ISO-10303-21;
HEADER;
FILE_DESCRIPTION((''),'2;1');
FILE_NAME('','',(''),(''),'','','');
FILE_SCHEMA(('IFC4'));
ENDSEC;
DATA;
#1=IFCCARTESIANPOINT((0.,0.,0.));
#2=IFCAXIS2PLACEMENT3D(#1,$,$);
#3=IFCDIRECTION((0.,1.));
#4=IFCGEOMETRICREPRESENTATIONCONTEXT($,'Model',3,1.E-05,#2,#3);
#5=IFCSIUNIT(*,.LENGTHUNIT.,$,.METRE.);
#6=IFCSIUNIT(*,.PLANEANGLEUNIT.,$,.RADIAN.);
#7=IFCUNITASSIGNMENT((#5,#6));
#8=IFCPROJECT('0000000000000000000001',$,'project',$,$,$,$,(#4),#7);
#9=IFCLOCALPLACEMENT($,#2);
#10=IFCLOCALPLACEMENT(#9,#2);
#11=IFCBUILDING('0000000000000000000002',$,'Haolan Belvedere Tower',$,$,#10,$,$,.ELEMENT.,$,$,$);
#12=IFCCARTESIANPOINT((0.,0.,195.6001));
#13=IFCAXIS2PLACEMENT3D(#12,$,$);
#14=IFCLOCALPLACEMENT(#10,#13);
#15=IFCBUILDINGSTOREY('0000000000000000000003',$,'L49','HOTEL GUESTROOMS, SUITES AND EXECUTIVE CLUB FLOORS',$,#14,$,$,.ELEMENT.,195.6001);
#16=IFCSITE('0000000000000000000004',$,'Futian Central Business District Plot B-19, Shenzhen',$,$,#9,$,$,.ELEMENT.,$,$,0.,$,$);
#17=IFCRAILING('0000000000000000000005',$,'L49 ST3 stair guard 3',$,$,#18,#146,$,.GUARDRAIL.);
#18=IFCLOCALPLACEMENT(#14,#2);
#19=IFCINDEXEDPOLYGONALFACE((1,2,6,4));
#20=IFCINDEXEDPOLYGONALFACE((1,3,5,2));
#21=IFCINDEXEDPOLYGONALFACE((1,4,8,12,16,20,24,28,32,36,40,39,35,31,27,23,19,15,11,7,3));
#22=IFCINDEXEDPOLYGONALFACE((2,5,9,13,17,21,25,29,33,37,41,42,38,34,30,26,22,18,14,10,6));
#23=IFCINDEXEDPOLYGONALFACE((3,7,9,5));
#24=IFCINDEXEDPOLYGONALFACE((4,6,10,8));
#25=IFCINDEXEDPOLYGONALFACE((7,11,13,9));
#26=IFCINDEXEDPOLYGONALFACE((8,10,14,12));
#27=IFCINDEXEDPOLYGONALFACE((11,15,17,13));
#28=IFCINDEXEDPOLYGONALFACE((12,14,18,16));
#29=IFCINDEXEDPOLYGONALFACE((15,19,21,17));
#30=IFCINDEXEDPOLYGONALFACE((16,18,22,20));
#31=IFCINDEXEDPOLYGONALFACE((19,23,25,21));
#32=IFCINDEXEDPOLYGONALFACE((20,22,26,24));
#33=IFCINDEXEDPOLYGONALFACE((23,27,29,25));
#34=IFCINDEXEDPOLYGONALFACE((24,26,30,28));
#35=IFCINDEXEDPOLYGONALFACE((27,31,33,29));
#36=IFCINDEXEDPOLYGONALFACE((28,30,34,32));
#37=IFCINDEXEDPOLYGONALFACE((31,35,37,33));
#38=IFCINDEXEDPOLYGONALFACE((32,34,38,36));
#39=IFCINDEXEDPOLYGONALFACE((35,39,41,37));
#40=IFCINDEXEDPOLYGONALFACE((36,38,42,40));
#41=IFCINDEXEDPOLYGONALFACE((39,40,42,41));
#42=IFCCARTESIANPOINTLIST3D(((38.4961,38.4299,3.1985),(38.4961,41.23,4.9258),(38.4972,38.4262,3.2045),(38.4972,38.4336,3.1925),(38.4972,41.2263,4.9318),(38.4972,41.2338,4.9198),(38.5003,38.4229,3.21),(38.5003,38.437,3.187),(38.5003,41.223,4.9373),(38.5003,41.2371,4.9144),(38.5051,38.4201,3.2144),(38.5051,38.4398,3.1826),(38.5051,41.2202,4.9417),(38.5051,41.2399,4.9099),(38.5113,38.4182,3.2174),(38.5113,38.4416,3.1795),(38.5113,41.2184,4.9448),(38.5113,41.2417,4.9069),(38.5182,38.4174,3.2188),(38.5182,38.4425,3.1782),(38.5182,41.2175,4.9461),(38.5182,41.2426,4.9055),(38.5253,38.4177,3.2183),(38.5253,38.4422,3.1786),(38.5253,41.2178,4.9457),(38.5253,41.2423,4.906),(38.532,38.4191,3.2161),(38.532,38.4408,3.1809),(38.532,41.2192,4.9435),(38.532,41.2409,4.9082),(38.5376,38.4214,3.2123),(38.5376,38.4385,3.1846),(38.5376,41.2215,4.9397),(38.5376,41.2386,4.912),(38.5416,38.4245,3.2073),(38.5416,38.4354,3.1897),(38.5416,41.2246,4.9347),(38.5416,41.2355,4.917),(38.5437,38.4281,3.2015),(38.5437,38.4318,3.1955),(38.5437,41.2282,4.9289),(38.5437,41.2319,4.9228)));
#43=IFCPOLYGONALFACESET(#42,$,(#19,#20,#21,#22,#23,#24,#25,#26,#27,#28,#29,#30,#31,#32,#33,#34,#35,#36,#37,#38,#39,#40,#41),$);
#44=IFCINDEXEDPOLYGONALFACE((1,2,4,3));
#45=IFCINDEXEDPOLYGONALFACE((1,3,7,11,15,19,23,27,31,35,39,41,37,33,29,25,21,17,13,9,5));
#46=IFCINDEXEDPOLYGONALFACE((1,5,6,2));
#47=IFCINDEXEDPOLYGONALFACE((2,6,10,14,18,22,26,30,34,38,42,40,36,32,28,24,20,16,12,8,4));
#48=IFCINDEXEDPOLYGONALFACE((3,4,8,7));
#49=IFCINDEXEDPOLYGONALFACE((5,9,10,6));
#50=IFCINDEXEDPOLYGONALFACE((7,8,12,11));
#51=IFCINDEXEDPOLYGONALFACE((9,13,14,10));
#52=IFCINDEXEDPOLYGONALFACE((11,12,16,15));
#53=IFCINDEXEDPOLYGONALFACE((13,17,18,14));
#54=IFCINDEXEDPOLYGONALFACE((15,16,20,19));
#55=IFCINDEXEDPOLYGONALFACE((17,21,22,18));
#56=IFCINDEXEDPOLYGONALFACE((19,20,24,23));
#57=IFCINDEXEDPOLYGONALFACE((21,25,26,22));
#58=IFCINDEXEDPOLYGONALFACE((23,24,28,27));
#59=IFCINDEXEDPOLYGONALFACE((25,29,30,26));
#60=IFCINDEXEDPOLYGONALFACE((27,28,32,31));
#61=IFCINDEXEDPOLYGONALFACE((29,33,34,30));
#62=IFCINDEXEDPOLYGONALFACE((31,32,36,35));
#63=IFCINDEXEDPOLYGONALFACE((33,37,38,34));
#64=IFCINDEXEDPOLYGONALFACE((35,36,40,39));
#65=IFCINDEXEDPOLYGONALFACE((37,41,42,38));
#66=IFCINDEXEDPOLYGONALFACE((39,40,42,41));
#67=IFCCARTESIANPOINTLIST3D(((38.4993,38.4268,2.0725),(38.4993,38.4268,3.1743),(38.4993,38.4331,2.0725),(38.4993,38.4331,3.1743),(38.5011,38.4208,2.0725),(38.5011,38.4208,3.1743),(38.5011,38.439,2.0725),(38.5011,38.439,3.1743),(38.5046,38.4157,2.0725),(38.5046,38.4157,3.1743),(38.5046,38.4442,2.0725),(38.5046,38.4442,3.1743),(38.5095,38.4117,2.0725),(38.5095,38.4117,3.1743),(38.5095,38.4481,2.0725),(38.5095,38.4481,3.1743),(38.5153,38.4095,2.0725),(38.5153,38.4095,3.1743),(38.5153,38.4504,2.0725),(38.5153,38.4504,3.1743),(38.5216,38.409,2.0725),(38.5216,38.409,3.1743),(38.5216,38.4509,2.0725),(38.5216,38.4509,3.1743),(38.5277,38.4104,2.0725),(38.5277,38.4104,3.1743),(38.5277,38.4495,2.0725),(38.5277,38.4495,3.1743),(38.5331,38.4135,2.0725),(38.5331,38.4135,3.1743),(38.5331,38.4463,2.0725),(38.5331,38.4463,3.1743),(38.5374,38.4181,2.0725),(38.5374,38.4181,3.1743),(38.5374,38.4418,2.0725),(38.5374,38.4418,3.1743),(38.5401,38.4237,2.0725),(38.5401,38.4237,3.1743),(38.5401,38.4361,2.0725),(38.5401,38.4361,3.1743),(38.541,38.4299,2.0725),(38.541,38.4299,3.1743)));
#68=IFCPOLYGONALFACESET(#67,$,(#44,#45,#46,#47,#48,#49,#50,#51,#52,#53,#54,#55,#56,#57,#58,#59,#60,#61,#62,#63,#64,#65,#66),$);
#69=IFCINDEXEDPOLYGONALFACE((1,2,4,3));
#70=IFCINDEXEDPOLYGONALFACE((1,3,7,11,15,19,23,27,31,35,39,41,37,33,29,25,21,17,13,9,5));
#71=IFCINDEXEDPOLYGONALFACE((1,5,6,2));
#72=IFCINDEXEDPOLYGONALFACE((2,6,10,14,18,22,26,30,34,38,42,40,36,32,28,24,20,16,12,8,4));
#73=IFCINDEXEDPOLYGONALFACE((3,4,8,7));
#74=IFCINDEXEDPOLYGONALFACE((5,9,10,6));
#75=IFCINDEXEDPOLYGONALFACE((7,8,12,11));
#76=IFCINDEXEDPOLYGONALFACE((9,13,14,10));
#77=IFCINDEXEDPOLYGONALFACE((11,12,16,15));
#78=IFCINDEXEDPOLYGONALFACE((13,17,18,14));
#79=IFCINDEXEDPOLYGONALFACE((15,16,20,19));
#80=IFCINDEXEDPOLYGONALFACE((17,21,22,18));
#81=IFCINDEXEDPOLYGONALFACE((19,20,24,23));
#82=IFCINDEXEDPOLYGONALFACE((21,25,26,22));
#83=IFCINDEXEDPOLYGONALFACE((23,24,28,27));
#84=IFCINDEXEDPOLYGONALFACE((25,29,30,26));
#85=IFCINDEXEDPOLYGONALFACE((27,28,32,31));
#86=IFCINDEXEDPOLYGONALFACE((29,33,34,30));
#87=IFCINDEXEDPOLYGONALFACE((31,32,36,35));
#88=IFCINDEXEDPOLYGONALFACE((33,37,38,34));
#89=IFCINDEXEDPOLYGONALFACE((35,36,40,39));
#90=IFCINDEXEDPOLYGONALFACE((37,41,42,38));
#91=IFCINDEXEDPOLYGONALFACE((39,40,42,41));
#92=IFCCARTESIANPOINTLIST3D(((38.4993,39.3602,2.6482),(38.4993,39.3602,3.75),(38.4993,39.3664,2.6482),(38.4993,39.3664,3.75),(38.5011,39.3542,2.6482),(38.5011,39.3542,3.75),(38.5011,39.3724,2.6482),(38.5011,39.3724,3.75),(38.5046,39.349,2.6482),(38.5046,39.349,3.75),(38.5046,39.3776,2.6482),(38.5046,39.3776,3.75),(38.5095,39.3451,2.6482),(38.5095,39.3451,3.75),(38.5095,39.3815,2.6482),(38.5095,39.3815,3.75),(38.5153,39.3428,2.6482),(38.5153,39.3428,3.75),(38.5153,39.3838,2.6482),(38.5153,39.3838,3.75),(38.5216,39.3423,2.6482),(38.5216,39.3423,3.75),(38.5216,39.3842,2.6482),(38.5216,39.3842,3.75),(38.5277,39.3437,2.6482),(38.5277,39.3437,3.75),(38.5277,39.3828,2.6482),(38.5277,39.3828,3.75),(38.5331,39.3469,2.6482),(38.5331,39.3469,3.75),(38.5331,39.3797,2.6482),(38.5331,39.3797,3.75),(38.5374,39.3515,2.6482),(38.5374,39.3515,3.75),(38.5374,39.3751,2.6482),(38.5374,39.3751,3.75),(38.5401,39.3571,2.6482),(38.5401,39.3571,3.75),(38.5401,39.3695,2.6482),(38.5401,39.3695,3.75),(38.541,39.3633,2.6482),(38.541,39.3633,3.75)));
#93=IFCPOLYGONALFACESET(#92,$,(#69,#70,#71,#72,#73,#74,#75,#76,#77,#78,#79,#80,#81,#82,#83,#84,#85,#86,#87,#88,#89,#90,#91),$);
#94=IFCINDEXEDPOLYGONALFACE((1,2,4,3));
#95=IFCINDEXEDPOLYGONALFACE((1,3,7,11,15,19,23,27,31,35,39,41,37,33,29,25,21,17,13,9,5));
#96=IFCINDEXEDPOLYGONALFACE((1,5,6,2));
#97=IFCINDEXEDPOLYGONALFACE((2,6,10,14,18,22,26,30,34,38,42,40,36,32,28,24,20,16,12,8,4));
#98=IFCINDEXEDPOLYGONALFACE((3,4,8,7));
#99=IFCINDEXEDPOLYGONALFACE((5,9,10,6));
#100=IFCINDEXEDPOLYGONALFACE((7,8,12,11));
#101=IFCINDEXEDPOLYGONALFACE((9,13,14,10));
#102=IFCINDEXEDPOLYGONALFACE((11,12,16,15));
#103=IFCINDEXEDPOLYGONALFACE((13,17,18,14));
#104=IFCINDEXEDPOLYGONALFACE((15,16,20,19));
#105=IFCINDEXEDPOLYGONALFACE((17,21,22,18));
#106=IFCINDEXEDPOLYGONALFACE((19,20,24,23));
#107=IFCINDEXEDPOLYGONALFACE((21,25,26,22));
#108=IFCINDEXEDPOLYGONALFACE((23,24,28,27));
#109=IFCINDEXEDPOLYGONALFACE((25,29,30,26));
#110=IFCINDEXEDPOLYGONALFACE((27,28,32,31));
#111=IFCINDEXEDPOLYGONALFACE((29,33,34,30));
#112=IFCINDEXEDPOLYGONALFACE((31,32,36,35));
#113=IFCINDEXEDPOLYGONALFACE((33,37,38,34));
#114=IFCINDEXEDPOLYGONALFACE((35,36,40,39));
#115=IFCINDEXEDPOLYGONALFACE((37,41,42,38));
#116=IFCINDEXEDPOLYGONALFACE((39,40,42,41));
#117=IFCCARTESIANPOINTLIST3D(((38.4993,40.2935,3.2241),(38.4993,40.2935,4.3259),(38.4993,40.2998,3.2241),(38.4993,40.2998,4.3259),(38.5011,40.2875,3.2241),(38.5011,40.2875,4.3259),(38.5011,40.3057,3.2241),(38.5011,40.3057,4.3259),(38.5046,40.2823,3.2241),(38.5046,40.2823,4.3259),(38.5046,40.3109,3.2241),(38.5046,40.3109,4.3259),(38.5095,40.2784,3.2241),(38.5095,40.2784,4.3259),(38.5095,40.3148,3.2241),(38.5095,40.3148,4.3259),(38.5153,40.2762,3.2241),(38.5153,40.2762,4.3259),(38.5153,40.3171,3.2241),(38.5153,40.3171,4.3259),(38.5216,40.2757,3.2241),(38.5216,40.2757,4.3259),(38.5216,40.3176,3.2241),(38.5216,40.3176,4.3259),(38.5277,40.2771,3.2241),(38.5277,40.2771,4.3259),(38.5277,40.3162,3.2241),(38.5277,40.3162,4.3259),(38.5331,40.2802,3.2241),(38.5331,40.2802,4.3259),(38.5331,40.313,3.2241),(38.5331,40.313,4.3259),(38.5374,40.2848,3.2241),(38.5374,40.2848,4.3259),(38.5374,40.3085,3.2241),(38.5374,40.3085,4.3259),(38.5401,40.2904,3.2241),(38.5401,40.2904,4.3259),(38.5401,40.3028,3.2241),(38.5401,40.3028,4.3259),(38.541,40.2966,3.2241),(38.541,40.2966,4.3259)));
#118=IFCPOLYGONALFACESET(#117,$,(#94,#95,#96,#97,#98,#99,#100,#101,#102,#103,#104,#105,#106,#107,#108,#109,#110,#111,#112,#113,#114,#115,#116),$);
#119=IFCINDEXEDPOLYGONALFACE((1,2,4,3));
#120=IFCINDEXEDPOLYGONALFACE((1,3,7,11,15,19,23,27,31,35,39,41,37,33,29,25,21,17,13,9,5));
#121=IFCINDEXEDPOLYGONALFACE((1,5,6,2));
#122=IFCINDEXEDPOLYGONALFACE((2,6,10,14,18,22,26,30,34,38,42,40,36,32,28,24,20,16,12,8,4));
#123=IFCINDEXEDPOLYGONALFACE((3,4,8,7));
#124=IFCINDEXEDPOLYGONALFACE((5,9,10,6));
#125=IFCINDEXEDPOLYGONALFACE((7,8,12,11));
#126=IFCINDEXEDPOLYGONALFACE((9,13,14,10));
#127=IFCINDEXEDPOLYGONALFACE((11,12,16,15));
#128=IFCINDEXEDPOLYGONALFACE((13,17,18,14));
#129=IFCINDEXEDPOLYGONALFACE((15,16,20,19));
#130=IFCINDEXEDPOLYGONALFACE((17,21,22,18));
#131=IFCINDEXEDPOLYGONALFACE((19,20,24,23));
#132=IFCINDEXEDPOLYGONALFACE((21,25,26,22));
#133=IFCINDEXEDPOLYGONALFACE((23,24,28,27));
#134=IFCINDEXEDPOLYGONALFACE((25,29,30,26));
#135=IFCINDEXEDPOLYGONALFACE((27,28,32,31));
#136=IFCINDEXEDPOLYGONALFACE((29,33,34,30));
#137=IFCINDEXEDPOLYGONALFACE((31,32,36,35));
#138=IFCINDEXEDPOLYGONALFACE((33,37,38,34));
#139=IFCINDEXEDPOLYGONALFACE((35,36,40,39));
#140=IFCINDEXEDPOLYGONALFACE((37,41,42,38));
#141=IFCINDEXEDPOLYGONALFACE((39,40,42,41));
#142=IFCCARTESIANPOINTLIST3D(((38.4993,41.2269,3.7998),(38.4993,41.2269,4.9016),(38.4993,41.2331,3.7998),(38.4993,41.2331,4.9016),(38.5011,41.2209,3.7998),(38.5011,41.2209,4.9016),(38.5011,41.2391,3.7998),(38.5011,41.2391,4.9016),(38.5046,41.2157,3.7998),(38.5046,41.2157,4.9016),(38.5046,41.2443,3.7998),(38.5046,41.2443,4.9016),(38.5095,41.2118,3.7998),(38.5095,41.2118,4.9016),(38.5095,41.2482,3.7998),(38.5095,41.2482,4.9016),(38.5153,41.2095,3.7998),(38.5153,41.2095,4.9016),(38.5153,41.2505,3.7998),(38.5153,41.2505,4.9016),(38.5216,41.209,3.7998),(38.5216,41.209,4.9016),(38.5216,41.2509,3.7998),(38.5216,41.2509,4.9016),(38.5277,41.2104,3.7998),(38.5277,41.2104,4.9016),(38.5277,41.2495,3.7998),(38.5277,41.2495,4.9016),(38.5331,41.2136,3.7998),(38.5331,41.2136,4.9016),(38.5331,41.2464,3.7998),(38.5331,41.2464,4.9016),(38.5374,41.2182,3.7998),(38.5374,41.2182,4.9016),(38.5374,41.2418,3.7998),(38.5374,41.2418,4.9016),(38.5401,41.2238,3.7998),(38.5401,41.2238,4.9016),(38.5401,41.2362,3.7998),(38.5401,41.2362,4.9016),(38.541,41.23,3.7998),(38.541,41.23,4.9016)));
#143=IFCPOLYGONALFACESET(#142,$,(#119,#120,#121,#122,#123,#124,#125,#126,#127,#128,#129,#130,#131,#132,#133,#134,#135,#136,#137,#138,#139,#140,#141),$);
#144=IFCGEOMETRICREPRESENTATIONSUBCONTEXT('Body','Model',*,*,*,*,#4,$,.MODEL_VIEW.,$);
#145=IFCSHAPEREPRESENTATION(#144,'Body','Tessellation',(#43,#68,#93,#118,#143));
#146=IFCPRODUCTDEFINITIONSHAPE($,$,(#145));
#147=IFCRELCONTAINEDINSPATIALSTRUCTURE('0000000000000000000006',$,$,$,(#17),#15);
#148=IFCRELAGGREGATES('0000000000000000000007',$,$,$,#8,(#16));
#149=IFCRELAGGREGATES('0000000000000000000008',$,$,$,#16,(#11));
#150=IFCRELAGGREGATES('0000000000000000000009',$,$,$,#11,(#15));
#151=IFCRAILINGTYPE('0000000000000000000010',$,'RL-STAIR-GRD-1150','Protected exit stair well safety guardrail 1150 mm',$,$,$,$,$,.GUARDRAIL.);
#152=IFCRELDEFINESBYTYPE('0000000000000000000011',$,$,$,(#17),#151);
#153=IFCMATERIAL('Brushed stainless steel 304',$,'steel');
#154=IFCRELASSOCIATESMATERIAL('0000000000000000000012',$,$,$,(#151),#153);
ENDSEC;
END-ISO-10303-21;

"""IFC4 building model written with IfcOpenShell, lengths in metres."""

from ifc_helpers import new_model, si_unit, direction, frame, origin, origin_2d, place, context, subcontext, project, spatial, circle, extrude, material, type_object, element, save


model = new_model("IFC4")

# Units and contexts
model_context = context("Model", 3, precision=1e-05, world=origin(), true_north=direction((0.0, 1.0)))
body_context = subcontext(model_context, "Body", "Model", "MODEL_VIEW")
ifc_project = project(units=[si_unit("LENGTHUNIT", "METRE"), si_unit("PLANEANGLEUNIT", "RADIAN")], contexts=[model_context])

# Site, building, storey
site_placement = place(None, origin())
site = spatial("IfcSite", under=ifc_project, at=site_placement, Name="Futian Central Business District Plot B-19, Shenzhen", CompositionType="ELEMENT", RefElevation=0.0)
building_placement = place(site_placement, origin())
building = spatial("IfcBuilding", under=site, at=building_placement, Name="Haolan Belvedere Tower", CompositionType="ELEMENT")
storey_placement = place(building_placement, frame((0.0, 0.0, 195.6001)))
storey = spatial("IfcBuildingStorey", under=building, at=storey_placement, Name="L49", Description="HOTEL GUESTROOMS, SUITES AND EXECUTIVE CLUB FLOORS", CompositionType="ELEMENT", Elevation=195.6001)

# Railing
ifc_material_1 = material(Name="Brushed stainless steel 304", Category="steel")
railing_type_1 = type_object("IfcRailingType", Name="RL-STAIR-GRD-1150", Description="Protected exit stair well safety guardrail 1150 mm", PredefinedType="GUARDRAIL", material=ifc_material_1)
railing_1_placement = place(storey_placement, frame((38.52, 38.4299, 2.0725)))
element("IfcRailing", 1, at=railing_1_placement, inside=storey, type_object=railing_type_1, Name="L49 ST3 stair guard 3", PredefinedType="GUARDRAIL", context=body_context, shape_type="SweptSolid", body=[
    extrude(circle(Radius=0.0239, at=origin_2d()), frame((0.0, 0.0, 1.126), z_axis=(0.0, 0.85109, 0.52502), x_axis=(-1.0, 0.0, 0.0)), (0.0, 0.0, 1.0), 3.29),
    extrude(circle(Radius=0.021, at=origin_2d()), origin(), (0.0, 0.0, 1.0), 1.1018),
    extrude(circle(Radius=0.021, at=origin_2d()), frame((0.0, 0.9333, 0.5757)), (0.0, 0.0, 1.0), 1.1018),
    extrude(circle(Radius=0.021, at=origin_2d()), frame((0.0, 1.8667, 1.1516)), (0.0, 0.0, 1.0), 1.1018),
    extrude(circle(Radius=0.021, at=origin_2d()), frame((0.0, 2.8, 1.7273)), (0.0, 0.0, 1.0), 1.1018),
])

save(model, "model.ifc")
